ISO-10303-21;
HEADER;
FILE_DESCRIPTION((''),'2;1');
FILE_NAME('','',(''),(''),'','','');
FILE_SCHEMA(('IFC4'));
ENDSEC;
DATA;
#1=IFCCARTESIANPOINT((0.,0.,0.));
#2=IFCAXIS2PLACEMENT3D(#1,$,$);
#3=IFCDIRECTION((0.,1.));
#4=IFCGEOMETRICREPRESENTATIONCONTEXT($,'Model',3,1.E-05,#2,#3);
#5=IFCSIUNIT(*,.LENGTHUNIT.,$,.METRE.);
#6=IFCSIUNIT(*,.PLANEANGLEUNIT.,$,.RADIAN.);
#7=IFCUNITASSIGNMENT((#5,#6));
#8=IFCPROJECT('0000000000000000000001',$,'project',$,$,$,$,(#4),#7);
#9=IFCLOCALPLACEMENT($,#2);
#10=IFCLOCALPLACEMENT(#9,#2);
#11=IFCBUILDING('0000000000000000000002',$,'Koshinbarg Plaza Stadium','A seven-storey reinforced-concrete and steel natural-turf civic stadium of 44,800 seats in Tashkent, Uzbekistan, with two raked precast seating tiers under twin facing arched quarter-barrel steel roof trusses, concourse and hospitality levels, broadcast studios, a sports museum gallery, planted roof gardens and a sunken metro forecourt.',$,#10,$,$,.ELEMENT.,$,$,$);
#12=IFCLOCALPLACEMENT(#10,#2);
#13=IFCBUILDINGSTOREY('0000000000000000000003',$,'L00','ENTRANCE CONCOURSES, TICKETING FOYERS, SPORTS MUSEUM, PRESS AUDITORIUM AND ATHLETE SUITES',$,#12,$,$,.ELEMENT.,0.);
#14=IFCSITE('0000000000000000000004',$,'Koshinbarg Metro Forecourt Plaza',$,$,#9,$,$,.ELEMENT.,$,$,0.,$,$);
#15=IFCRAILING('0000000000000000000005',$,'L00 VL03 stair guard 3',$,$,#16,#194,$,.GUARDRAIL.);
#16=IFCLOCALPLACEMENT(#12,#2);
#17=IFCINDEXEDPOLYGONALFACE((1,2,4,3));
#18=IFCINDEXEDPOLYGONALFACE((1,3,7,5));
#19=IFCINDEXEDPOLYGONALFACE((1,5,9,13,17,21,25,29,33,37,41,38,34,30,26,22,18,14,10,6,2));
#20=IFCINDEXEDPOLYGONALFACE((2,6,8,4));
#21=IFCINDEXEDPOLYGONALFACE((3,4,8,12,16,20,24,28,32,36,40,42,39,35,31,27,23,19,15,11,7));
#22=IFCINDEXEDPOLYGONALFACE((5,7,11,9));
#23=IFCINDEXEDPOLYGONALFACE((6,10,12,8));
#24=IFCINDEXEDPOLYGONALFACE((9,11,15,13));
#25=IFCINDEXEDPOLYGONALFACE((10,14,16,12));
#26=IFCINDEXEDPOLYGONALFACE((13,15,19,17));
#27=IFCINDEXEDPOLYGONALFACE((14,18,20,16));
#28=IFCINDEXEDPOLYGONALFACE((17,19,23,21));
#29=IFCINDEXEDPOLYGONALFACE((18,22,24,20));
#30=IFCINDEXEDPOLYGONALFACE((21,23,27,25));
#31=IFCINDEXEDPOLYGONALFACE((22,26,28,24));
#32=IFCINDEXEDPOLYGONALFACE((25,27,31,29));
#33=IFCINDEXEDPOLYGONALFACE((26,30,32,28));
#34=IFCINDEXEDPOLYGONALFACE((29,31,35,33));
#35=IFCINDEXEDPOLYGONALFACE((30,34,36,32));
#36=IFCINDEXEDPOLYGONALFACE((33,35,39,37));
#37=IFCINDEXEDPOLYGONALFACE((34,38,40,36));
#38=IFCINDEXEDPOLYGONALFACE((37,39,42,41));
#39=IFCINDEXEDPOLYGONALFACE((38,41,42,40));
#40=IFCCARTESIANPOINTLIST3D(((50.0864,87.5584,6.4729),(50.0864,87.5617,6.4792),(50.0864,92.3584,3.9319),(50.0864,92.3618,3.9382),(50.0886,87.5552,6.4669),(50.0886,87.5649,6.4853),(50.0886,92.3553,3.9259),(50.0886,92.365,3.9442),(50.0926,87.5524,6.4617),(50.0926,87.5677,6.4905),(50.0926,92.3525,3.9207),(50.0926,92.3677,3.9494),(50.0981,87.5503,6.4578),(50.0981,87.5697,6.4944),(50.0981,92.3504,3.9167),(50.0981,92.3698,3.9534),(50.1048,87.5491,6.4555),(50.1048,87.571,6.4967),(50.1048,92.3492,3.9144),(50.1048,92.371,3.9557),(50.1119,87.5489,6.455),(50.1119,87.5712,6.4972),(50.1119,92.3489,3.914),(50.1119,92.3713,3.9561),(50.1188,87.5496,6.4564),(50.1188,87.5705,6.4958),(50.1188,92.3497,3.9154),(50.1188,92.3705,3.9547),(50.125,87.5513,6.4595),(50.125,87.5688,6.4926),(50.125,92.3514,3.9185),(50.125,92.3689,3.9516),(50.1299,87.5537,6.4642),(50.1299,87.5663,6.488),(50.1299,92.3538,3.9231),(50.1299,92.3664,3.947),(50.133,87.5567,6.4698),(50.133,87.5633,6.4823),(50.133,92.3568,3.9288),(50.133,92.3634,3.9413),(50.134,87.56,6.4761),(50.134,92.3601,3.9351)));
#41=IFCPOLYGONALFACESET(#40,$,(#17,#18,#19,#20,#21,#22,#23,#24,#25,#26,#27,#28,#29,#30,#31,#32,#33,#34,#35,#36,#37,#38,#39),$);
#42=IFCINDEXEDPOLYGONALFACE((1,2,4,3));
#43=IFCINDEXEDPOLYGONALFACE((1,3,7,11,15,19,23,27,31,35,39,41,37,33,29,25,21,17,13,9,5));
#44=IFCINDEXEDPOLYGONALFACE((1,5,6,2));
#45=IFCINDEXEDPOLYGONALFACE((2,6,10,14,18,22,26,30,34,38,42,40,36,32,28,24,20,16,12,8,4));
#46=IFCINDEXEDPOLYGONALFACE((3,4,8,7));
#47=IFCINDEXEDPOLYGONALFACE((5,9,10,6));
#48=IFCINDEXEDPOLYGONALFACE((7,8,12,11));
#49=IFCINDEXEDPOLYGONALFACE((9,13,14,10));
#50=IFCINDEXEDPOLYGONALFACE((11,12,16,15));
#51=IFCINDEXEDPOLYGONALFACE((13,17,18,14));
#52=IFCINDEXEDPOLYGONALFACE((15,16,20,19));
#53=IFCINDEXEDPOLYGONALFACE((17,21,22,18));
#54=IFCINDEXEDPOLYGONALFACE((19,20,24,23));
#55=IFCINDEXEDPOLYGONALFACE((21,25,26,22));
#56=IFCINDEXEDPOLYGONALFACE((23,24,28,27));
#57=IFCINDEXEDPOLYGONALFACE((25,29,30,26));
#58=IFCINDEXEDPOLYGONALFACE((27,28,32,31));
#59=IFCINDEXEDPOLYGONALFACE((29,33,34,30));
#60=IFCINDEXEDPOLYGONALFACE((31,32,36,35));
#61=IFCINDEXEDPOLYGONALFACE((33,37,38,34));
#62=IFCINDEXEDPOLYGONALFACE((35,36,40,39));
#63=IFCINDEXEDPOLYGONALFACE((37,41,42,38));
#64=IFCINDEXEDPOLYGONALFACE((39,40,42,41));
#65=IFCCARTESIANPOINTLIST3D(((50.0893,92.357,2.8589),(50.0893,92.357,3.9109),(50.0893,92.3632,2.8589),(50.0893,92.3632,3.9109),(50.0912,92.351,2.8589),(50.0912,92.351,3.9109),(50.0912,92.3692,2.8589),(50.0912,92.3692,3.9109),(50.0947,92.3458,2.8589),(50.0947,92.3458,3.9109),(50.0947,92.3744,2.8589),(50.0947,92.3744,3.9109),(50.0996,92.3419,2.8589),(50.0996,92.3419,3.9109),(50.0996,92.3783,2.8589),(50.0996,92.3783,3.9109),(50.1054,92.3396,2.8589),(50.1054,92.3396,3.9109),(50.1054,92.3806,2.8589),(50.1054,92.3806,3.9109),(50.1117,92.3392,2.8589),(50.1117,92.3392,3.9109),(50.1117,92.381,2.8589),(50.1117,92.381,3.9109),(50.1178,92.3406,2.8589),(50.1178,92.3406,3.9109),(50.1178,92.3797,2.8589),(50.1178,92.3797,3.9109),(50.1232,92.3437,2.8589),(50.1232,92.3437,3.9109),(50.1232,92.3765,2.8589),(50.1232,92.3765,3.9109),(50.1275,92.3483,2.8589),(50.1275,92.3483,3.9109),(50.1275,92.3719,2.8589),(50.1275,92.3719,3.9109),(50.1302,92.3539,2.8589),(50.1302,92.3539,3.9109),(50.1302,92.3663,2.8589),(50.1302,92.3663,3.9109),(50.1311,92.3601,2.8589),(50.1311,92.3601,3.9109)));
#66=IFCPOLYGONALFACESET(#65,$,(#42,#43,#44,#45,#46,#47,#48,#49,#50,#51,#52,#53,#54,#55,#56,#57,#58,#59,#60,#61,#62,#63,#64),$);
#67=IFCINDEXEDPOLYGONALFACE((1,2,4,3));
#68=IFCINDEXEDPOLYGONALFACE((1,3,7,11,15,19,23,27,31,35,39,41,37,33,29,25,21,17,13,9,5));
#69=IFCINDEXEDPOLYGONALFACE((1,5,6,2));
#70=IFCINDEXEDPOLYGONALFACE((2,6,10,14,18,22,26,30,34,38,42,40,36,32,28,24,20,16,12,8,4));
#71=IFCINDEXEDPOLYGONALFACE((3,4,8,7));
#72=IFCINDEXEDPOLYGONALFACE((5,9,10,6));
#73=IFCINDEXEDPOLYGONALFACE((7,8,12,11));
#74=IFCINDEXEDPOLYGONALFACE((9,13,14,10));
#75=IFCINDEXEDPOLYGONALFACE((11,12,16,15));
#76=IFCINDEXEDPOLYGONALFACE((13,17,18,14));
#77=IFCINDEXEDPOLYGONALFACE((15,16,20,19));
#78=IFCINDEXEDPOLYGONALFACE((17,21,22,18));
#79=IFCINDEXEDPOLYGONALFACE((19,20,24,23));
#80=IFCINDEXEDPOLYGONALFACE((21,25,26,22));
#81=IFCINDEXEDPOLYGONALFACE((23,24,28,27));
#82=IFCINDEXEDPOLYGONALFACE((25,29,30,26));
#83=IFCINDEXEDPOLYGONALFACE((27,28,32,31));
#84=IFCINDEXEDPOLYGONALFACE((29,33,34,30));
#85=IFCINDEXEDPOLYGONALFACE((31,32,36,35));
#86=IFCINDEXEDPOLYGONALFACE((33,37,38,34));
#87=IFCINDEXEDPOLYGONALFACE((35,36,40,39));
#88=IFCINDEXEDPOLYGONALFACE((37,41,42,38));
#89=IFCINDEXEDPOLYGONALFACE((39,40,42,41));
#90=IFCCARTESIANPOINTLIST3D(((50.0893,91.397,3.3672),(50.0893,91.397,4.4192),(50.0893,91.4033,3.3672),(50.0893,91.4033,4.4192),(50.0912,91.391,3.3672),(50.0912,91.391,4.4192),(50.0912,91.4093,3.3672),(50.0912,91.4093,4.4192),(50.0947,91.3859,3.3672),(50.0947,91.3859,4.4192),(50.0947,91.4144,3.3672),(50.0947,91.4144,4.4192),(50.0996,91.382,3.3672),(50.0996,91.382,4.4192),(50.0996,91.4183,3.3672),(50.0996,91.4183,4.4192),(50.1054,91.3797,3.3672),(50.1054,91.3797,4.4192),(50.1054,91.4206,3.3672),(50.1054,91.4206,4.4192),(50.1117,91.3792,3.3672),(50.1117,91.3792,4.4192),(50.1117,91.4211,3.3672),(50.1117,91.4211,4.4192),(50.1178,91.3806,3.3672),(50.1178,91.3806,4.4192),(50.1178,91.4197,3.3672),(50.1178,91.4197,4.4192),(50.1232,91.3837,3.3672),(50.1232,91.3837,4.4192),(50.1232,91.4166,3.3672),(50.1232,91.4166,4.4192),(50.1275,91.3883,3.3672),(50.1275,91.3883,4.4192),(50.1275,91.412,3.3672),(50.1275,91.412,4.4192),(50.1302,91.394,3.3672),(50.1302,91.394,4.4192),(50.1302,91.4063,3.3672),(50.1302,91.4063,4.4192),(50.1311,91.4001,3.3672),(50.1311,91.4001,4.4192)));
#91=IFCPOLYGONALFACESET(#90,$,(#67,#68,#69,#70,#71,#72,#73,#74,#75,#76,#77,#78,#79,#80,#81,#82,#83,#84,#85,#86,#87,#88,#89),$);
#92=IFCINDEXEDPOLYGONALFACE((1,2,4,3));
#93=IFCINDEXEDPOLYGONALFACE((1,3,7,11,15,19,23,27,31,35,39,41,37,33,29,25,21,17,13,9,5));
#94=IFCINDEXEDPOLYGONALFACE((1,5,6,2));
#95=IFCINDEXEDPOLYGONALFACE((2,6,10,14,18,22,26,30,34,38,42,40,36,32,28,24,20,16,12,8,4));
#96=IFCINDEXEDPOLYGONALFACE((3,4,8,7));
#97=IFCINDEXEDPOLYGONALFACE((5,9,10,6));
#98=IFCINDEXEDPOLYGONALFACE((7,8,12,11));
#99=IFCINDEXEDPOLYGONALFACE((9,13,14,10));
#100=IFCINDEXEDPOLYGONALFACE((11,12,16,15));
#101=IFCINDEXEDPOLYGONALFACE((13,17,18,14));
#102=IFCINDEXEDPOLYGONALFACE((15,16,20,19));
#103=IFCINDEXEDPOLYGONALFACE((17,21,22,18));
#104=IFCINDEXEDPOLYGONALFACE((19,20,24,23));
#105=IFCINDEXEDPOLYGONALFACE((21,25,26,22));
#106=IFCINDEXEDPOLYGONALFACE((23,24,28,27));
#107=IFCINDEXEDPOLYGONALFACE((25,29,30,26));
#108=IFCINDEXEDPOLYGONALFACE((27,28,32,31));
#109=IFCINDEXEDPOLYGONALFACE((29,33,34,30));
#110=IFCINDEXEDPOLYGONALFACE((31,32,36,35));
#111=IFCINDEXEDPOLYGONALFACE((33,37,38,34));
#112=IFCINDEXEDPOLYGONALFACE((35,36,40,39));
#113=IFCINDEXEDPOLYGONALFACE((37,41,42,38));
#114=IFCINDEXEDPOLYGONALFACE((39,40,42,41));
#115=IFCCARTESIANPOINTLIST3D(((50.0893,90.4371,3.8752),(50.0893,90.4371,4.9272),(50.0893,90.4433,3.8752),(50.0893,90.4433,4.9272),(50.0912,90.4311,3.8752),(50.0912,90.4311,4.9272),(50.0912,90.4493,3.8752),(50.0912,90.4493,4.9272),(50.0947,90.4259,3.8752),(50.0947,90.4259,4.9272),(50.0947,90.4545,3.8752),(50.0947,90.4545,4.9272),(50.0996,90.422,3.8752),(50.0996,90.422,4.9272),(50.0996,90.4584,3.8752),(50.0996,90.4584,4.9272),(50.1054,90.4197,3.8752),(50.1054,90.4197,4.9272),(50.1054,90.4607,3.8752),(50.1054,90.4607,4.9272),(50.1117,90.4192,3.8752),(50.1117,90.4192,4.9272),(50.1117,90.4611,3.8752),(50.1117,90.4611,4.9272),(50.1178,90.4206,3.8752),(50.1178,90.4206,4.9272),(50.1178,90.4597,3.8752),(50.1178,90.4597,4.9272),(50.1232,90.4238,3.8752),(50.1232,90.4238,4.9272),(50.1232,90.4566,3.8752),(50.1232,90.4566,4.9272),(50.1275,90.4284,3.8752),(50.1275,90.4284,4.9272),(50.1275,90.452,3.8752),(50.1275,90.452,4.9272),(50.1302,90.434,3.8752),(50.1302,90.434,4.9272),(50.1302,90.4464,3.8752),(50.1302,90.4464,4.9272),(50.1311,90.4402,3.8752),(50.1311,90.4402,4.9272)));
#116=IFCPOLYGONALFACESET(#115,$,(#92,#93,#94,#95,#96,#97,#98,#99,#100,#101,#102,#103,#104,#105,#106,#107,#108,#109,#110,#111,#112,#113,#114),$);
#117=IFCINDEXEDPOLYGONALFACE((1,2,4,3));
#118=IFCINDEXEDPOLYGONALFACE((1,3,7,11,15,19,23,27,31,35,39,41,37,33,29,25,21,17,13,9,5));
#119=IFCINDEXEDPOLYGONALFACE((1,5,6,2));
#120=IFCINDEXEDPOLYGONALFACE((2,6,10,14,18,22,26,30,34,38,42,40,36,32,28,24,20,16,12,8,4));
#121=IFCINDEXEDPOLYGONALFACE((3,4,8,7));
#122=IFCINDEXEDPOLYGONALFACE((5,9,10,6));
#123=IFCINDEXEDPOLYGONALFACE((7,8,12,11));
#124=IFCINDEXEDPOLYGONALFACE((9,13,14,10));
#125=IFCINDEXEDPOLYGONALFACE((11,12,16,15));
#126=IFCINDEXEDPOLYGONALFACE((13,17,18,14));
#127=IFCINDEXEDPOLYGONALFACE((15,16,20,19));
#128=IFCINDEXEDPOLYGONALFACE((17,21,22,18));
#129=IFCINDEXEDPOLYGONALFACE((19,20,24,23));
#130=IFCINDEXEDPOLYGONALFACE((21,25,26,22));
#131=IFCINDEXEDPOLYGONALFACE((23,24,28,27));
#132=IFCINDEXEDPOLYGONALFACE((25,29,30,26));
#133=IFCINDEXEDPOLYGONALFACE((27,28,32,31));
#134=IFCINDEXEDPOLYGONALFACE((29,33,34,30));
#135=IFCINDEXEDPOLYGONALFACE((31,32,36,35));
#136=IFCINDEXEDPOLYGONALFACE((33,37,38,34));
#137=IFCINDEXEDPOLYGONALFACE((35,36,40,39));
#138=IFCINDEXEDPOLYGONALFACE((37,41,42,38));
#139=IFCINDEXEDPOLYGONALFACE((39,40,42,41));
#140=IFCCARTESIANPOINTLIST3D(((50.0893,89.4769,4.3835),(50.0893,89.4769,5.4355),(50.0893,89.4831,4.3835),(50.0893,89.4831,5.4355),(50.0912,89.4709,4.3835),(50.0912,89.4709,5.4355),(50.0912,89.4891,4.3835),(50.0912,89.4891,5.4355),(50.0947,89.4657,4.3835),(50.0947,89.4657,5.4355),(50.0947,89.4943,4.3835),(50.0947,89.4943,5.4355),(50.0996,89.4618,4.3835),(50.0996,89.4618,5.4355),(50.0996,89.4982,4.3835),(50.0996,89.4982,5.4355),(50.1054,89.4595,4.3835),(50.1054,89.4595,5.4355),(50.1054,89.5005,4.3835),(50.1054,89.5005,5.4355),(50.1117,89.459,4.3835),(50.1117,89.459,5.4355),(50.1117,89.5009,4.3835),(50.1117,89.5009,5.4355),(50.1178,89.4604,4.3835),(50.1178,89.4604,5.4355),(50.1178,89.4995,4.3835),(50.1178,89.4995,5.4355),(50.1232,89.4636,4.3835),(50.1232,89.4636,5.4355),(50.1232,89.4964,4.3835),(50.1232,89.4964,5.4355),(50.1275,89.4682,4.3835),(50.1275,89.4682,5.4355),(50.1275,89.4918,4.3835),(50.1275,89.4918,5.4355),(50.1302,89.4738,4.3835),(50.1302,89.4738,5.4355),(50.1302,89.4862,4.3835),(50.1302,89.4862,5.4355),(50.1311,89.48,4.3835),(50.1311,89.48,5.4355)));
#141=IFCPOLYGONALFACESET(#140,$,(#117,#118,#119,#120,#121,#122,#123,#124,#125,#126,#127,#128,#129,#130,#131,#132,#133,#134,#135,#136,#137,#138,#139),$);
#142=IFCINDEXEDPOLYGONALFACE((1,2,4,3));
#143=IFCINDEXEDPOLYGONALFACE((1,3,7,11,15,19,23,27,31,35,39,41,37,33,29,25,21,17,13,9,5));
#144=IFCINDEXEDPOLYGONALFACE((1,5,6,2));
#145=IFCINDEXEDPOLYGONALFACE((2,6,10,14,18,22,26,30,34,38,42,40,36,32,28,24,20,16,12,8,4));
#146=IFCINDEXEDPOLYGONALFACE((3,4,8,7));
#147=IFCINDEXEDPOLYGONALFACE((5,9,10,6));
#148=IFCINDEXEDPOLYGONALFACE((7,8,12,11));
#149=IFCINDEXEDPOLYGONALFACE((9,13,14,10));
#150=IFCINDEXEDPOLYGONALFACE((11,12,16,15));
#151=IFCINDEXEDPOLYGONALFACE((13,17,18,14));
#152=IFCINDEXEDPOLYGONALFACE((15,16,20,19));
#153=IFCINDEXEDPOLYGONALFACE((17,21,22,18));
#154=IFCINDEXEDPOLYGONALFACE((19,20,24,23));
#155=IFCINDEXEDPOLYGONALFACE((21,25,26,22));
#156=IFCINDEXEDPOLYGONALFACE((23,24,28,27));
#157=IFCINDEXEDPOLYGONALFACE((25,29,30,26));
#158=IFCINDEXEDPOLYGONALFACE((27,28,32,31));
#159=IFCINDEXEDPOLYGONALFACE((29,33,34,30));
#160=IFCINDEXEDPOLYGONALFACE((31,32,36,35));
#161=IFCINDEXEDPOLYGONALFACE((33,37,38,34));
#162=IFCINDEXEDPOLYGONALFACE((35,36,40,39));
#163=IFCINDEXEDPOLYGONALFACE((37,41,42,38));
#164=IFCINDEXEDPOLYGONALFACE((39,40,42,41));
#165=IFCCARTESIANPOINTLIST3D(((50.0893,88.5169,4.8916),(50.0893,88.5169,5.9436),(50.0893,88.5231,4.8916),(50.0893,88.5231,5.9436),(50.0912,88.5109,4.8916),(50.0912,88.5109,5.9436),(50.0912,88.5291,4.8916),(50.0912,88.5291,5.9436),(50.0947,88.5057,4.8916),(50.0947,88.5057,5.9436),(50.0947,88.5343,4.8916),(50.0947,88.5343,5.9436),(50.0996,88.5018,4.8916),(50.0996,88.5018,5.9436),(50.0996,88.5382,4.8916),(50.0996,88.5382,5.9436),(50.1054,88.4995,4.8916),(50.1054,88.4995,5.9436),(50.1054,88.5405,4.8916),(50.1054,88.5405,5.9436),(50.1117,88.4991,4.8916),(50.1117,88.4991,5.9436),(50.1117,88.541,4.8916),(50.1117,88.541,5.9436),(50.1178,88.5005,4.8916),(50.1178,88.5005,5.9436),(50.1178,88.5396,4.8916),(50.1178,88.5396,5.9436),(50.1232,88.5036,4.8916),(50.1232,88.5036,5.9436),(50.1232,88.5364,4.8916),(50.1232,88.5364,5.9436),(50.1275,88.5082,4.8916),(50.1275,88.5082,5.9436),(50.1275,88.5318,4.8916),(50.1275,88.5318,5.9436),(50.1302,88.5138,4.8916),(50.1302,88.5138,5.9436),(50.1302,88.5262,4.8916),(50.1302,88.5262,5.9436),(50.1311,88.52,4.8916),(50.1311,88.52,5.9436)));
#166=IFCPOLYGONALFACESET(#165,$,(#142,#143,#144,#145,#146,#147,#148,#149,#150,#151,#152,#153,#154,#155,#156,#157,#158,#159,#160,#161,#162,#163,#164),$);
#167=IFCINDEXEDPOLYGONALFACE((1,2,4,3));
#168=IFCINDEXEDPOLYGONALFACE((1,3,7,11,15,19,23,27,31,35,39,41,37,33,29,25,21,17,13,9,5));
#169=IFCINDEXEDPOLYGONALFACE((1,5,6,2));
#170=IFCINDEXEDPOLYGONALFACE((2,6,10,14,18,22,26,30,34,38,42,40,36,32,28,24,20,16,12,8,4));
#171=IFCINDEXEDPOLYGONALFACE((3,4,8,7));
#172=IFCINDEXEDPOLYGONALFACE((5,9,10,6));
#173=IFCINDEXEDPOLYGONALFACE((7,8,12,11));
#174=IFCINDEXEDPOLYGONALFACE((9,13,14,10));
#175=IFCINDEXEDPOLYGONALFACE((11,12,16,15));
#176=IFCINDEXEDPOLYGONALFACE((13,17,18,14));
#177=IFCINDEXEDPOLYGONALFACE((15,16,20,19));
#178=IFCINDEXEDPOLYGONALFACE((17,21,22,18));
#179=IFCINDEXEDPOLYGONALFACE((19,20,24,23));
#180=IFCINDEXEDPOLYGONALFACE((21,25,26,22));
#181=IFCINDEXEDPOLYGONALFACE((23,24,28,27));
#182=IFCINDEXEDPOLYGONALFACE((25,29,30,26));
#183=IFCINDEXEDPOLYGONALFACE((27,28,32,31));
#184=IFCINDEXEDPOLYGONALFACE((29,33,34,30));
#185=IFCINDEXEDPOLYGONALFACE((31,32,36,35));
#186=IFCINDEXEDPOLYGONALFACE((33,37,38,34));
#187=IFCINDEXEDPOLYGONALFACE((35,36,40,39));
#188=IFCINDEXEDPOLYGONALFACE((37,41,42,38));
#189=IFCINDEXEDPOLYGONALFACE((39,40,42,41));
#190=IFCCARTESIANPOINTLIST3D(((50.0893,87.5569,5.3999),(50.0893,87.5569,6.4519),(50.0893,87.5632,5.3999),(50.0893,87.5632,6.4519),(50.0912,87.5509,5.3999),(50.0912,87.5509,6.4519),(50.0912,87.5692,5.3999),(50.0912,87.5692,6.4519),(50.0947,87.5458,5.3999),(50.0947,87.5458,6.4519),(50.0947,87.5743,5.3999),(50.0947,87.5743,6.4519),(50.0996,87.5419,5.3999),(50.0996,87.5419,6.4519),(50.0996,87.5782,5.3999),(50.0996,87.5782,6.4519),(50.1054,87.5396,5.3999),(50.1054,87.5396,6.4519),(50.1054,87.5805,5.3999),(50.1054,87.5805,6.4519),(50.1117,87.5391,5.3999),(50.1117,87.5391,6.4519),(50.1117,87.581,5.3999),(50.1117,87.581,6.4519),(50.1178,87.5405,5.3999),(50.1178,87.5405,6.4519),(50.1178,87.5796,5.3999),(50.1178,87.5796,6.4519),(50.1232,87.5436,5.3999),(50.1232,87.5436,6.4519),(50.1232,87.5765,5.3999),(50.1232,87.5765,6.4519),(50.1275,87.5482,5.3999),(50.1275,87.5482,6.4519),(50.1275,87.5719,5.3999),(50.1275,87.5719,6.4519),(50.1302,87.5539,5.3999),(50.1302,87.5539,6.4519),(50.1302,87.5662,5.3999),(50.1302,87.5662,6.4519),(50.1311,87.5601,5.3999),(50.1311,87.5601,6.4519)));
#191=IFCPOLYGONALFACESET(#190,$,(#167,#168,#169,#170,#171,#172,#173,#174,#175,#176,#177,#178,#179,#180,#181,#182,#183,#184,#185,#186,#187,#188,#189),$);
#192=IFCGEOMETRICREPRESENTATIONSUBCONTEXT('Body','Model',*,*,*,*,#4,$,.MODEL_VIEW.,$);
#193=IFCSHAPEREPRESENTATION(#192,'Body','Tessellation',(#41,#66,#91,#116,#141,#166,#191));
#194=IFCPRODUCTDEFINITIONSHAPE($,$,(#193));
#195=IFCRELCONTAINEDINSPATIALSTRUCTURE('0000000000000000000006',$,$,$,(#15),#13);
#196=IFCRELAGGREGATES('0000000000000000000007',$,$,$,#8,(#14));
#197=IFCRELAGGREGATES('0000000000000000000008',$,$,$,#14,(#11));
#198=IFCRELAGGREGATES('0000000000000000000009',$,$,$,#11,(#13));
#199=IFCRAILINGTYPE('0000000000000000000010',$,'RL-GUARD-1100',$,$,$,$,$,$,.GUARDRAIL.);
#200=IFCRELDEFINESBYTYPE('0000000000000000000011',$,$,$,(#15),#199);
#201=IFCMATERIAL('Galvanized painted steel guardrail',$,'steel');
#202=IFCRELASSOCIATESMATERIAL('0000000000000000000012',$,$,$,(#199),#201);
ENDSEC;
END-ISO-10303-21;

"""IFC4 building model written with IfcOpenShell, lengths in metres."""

from ifc_helpers import new_model, si_unit, direction, frame, origin, origin_2d, place, context, subcontext, project, spatial, circle, extrude, material, type_object, element, save


model = new_model("IFC4")

# Units and contexts
model_context = context("Model", 3, precision=1e-05, world=origin(), true_north=direction((0.0, 1.0)))
body_context = subcontext(model_context, "Body", "Model", "MODEL_VIEW")
ifc_project = project(units=[si_unit("LENGTHUNIT", "METRE"), si_unit("PLANEANGLEUNIT", "RADIAN")], contexts=[model_context])

# Site, building, storey
site_placement = place(None, origin())
site = spatial("IfcSite", under=ifc_project, at=site_placement, Name="Koshinbarg Metro Forecourt Plaza", CompositionType="ELEMENT", RefElevation=0.0)
building_placement = place(site_placement, origin())
building = spatial("IfcBuilding", under=site, at=building_placement, Name="Koshinbarg Plaza Stadium", Description="A seven-storey reinforced-concrete and steel natural-turf civic stadium of 44,800 seats in Tashkent, Uzbekistan, with two raked precast seating tiers under twin facing arched quarter-barrel steel roof trusses, concourse and hospitality levels, broadcast studios, a sports museum gallery, planted roof gardens and a sunken metro forecourt.", CompositionType="ELEMENT")
storey_placement = place(building_placement, origin())
storey = spatial("IfcBuildingStorey", under=building, at=storey_placement, Name="L00", Description="ENTRANCE CONCOURSES, TICKETING FOYERS, SPORTS MUSEUM, PRESS AUDITORIUM AND ATHLETE SUITES", CompositionType="ELEMENT", Elevation=0.0)

# Railing
ifc_material_1 = material(Name="Galvanized painted steel guardrail", Category="steel")
railing_type_1 = type_object("IfcRailingType", Name="RL-GUARD-1100", PredefinedType="GUARDRAIL", material=ifc_material_1)
railing_1_placement = place(storey_placement, frame((50.1101, 92.3601, 2.8589)))
element("IfcRailing", 1, at=railing_1_placement, inside=storey, type_object=railing_type_1, Name="L00 VL03 stair guard 3", PredefinedType="GUARDRAIL", context=body_context, shape_type="SweptSolid", body=[
    extrude(circle(Radius=0.0239, at=origin_2d()), frame((0.0, 0.0, 1.0762), z_axis=(0.0, -0.883802, 0.467861), x_axis=(1.0, 0.0, 0.0)), (0.0, 0.0, 1.0), 5.4312),
    extrude(circle(Radius=0.021, at=origin_2d()), origin(), (0.0, 0.0, 1.0), 1.052),
    extrude(circle(Radius=0.021, at=origin_2d()), frame((0.0, -0.96, 0.5083)), (0.0, 0.0, 1.0), 1.052),
    extrude(circle(Radius=0.021, at=origin_2d()), frame((0.0, -1.9199, 1.0164)), (0.0, 0.0, 1.0), 1.052),
    extrude(circle(Radius=0.021, at=origin_2d()), frame((0.0, -2.8801, 1.5247)), (0.0, 0.0, 1.0), 1.052),
    extrude(circle(Radius=0.021, at=origin_2d()), frame((0.0, -3.8401, 2.0327)), (0.0, 0.0, 1.0), 1.052),
    extrude(circle(Radius=0.021, at=origin_2d()), frame((0.0, -4.8, 2.541)), (0.0, 0.0, 1.0), 1.052),
])

save(model, "model.ifc")
